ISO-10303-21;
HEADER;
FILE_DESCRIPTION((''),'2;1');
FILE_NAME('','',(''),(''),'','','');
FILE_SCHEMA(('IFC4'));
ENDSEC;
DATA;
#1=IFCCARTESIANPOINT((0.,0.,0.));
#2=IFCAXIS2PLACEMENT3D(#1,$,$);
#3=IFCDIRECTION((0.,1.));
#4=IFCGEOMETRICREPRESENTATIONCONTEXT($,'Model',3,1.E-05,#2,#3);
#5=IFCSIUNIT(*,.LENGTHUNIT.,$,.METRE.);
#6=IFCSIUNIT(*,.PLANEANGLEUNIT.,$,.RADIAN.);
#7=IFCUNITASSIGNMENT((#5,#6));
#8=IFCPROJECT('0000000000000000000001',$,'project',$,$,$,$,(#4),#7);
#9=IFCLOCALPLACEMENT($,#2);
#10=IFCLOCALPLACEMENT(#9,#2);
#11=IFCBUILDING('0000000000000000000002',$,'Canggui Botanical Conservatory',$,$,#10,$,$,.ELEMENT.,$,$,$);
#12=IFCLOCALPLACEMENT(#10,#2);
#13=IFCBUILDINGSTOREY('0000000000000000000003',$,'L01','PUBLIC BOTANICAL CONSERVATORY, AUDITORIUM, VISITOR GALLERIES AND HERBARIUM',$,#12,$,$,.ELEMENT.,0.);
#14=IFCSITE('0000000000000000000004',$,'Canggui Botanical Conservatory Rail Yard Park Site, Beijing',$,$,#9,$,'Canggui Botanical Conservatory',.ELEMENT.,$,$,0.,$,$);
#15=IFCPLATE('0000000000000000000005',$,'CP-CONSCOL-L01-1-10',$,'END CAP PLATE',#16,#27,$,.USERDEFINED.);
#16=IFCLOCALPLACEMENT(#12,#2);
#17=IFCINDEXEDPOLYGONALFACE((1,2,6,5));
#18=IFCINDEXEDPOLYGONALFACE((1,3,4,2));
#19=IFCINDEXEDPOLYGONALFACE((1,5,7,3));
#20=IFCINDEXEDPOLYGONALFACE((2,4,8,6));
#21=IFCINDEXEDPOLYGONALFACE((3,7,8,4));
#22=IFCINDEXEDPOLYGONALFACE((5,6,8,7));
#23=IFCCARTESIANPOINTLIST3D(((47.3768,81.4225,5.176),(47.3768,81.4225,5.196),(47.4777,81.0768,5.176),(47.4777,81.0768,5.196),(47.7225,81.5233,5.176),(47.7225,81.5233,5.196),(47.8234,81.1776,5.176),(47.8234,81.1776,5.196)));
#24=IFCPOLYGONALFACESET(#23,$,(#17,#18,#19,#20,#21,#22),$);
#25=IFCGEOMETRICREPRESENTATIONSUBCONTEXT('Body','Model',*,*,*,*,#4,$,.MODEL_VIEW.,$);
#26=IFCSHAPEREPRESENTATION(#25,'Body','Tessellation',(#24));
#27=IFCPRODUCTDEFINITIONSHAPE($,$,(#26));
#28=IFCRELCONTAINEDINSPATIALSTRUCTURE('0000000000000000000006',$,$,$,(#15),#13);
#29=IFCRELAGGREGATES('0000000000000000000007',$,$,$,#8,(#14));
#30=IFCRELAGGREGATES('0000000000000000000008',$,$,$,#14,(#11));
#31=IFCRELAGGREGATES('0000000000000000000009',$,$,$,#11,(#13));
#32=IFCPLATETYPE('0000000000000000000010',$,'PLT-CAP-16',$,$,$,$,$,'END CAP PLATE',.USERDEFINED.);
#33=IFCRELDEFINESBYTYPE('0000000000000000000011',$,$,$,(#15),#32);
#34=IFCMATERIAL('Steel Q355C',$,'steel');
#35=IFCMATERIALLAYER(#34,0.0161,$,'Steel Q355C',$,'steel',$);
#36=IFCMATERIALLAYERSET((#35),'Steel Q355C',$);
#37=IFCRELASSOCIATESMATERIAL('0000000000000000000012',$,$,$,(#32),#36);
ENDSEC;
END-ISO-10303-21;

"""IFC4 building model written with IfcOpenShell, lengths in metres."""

from ifc_helpers import new_model, si_unit, direction, frame, origin, origin_2d, place, context, subcontext, project, spatial, rectangle, extrude, material, layer, layer_set, type_object, element, save


model = new_model("IFC4")

# Units and contexts
model_context = context("Model", 3, precision=1e-05, world=origin(), true_north=direction((0.0, 1.0)))
body_context = subcontext(model_context, "Body", "Model", "MODEL_VIEW")
ifc_project = project(units=[si_unit("LENGTHUNIT", "METRE"), si_unit("PLANEANGLEUNIT", "RADIAN")], contexts=[model_context])

# Site, building, storey
site_placement = place(None, origin())
site = spatial("IfcSite", under=ifc_project, at=site_placement, Name="Canggui Botanical Conservatory Rail Yard Park Site, Beijing", LongName="Canggui Botanical Conservatory", CompositionType="ELEMENT", RefElevation=0.0)
building_placement = place(site_placement, origin())
building = spatial("IfcBuilding", under=site, at=building_placement, Name="Canggui Botanical Conservatory", CompositionType="ELEMENT")
storey_placement = place(building_placement, origin())
storey = spatial("IfcBuildingStorey", under=building, at=storey_placement, Name="L01", Description="PUBLIC BOTANICAL CONSERVATORY, AUDITORIUM, VISITOR GALLERIES AND HERBARIUM", CompositionType="ELEMENT", Elevation=0.0)

# Shared definitions
ifc_material_1 = material(Name="Steel Q355C", Category="steel")

# Plate
ifc_layer_1 = layer(ifc_material_1, 0.0161, Name="Steel Q355C", Category="steel")
ifc_layer_set_1 = layer_set([ifc_layer_1], Name="Steel Q355C")
plate_type_1 = type_object("IfcPlateType", Name="PLT-CAP-16", ElementType="END CAP PLATE", PredefinedType="USERDEFINED", material=ifc_layer_set_1)
plate_1_placement = place(storey_placement, frame((47.6001, 81.3, 5.176), z_axis=(0.0, 0.0, 1.0), x_axis=(0.96, 0.28, 0.0)))
element("IfcPlate", 1, at=plate_1_placement, inside=storey, type_object=plate_type_1, Name="CP-CONSCOL-L01-1-10", ObjectType="END CAP PLATE", PredefinedType="USERDEFINED", context=body_context, shape_type="SweptSolid", body=[
    extrude(rectangle(XDim=0.3601, YDim=0.3601, at=origin_2d()), origin(), (0.0, 0.0, 1.0), 0.02),
])

save(model, "model.ifc")
